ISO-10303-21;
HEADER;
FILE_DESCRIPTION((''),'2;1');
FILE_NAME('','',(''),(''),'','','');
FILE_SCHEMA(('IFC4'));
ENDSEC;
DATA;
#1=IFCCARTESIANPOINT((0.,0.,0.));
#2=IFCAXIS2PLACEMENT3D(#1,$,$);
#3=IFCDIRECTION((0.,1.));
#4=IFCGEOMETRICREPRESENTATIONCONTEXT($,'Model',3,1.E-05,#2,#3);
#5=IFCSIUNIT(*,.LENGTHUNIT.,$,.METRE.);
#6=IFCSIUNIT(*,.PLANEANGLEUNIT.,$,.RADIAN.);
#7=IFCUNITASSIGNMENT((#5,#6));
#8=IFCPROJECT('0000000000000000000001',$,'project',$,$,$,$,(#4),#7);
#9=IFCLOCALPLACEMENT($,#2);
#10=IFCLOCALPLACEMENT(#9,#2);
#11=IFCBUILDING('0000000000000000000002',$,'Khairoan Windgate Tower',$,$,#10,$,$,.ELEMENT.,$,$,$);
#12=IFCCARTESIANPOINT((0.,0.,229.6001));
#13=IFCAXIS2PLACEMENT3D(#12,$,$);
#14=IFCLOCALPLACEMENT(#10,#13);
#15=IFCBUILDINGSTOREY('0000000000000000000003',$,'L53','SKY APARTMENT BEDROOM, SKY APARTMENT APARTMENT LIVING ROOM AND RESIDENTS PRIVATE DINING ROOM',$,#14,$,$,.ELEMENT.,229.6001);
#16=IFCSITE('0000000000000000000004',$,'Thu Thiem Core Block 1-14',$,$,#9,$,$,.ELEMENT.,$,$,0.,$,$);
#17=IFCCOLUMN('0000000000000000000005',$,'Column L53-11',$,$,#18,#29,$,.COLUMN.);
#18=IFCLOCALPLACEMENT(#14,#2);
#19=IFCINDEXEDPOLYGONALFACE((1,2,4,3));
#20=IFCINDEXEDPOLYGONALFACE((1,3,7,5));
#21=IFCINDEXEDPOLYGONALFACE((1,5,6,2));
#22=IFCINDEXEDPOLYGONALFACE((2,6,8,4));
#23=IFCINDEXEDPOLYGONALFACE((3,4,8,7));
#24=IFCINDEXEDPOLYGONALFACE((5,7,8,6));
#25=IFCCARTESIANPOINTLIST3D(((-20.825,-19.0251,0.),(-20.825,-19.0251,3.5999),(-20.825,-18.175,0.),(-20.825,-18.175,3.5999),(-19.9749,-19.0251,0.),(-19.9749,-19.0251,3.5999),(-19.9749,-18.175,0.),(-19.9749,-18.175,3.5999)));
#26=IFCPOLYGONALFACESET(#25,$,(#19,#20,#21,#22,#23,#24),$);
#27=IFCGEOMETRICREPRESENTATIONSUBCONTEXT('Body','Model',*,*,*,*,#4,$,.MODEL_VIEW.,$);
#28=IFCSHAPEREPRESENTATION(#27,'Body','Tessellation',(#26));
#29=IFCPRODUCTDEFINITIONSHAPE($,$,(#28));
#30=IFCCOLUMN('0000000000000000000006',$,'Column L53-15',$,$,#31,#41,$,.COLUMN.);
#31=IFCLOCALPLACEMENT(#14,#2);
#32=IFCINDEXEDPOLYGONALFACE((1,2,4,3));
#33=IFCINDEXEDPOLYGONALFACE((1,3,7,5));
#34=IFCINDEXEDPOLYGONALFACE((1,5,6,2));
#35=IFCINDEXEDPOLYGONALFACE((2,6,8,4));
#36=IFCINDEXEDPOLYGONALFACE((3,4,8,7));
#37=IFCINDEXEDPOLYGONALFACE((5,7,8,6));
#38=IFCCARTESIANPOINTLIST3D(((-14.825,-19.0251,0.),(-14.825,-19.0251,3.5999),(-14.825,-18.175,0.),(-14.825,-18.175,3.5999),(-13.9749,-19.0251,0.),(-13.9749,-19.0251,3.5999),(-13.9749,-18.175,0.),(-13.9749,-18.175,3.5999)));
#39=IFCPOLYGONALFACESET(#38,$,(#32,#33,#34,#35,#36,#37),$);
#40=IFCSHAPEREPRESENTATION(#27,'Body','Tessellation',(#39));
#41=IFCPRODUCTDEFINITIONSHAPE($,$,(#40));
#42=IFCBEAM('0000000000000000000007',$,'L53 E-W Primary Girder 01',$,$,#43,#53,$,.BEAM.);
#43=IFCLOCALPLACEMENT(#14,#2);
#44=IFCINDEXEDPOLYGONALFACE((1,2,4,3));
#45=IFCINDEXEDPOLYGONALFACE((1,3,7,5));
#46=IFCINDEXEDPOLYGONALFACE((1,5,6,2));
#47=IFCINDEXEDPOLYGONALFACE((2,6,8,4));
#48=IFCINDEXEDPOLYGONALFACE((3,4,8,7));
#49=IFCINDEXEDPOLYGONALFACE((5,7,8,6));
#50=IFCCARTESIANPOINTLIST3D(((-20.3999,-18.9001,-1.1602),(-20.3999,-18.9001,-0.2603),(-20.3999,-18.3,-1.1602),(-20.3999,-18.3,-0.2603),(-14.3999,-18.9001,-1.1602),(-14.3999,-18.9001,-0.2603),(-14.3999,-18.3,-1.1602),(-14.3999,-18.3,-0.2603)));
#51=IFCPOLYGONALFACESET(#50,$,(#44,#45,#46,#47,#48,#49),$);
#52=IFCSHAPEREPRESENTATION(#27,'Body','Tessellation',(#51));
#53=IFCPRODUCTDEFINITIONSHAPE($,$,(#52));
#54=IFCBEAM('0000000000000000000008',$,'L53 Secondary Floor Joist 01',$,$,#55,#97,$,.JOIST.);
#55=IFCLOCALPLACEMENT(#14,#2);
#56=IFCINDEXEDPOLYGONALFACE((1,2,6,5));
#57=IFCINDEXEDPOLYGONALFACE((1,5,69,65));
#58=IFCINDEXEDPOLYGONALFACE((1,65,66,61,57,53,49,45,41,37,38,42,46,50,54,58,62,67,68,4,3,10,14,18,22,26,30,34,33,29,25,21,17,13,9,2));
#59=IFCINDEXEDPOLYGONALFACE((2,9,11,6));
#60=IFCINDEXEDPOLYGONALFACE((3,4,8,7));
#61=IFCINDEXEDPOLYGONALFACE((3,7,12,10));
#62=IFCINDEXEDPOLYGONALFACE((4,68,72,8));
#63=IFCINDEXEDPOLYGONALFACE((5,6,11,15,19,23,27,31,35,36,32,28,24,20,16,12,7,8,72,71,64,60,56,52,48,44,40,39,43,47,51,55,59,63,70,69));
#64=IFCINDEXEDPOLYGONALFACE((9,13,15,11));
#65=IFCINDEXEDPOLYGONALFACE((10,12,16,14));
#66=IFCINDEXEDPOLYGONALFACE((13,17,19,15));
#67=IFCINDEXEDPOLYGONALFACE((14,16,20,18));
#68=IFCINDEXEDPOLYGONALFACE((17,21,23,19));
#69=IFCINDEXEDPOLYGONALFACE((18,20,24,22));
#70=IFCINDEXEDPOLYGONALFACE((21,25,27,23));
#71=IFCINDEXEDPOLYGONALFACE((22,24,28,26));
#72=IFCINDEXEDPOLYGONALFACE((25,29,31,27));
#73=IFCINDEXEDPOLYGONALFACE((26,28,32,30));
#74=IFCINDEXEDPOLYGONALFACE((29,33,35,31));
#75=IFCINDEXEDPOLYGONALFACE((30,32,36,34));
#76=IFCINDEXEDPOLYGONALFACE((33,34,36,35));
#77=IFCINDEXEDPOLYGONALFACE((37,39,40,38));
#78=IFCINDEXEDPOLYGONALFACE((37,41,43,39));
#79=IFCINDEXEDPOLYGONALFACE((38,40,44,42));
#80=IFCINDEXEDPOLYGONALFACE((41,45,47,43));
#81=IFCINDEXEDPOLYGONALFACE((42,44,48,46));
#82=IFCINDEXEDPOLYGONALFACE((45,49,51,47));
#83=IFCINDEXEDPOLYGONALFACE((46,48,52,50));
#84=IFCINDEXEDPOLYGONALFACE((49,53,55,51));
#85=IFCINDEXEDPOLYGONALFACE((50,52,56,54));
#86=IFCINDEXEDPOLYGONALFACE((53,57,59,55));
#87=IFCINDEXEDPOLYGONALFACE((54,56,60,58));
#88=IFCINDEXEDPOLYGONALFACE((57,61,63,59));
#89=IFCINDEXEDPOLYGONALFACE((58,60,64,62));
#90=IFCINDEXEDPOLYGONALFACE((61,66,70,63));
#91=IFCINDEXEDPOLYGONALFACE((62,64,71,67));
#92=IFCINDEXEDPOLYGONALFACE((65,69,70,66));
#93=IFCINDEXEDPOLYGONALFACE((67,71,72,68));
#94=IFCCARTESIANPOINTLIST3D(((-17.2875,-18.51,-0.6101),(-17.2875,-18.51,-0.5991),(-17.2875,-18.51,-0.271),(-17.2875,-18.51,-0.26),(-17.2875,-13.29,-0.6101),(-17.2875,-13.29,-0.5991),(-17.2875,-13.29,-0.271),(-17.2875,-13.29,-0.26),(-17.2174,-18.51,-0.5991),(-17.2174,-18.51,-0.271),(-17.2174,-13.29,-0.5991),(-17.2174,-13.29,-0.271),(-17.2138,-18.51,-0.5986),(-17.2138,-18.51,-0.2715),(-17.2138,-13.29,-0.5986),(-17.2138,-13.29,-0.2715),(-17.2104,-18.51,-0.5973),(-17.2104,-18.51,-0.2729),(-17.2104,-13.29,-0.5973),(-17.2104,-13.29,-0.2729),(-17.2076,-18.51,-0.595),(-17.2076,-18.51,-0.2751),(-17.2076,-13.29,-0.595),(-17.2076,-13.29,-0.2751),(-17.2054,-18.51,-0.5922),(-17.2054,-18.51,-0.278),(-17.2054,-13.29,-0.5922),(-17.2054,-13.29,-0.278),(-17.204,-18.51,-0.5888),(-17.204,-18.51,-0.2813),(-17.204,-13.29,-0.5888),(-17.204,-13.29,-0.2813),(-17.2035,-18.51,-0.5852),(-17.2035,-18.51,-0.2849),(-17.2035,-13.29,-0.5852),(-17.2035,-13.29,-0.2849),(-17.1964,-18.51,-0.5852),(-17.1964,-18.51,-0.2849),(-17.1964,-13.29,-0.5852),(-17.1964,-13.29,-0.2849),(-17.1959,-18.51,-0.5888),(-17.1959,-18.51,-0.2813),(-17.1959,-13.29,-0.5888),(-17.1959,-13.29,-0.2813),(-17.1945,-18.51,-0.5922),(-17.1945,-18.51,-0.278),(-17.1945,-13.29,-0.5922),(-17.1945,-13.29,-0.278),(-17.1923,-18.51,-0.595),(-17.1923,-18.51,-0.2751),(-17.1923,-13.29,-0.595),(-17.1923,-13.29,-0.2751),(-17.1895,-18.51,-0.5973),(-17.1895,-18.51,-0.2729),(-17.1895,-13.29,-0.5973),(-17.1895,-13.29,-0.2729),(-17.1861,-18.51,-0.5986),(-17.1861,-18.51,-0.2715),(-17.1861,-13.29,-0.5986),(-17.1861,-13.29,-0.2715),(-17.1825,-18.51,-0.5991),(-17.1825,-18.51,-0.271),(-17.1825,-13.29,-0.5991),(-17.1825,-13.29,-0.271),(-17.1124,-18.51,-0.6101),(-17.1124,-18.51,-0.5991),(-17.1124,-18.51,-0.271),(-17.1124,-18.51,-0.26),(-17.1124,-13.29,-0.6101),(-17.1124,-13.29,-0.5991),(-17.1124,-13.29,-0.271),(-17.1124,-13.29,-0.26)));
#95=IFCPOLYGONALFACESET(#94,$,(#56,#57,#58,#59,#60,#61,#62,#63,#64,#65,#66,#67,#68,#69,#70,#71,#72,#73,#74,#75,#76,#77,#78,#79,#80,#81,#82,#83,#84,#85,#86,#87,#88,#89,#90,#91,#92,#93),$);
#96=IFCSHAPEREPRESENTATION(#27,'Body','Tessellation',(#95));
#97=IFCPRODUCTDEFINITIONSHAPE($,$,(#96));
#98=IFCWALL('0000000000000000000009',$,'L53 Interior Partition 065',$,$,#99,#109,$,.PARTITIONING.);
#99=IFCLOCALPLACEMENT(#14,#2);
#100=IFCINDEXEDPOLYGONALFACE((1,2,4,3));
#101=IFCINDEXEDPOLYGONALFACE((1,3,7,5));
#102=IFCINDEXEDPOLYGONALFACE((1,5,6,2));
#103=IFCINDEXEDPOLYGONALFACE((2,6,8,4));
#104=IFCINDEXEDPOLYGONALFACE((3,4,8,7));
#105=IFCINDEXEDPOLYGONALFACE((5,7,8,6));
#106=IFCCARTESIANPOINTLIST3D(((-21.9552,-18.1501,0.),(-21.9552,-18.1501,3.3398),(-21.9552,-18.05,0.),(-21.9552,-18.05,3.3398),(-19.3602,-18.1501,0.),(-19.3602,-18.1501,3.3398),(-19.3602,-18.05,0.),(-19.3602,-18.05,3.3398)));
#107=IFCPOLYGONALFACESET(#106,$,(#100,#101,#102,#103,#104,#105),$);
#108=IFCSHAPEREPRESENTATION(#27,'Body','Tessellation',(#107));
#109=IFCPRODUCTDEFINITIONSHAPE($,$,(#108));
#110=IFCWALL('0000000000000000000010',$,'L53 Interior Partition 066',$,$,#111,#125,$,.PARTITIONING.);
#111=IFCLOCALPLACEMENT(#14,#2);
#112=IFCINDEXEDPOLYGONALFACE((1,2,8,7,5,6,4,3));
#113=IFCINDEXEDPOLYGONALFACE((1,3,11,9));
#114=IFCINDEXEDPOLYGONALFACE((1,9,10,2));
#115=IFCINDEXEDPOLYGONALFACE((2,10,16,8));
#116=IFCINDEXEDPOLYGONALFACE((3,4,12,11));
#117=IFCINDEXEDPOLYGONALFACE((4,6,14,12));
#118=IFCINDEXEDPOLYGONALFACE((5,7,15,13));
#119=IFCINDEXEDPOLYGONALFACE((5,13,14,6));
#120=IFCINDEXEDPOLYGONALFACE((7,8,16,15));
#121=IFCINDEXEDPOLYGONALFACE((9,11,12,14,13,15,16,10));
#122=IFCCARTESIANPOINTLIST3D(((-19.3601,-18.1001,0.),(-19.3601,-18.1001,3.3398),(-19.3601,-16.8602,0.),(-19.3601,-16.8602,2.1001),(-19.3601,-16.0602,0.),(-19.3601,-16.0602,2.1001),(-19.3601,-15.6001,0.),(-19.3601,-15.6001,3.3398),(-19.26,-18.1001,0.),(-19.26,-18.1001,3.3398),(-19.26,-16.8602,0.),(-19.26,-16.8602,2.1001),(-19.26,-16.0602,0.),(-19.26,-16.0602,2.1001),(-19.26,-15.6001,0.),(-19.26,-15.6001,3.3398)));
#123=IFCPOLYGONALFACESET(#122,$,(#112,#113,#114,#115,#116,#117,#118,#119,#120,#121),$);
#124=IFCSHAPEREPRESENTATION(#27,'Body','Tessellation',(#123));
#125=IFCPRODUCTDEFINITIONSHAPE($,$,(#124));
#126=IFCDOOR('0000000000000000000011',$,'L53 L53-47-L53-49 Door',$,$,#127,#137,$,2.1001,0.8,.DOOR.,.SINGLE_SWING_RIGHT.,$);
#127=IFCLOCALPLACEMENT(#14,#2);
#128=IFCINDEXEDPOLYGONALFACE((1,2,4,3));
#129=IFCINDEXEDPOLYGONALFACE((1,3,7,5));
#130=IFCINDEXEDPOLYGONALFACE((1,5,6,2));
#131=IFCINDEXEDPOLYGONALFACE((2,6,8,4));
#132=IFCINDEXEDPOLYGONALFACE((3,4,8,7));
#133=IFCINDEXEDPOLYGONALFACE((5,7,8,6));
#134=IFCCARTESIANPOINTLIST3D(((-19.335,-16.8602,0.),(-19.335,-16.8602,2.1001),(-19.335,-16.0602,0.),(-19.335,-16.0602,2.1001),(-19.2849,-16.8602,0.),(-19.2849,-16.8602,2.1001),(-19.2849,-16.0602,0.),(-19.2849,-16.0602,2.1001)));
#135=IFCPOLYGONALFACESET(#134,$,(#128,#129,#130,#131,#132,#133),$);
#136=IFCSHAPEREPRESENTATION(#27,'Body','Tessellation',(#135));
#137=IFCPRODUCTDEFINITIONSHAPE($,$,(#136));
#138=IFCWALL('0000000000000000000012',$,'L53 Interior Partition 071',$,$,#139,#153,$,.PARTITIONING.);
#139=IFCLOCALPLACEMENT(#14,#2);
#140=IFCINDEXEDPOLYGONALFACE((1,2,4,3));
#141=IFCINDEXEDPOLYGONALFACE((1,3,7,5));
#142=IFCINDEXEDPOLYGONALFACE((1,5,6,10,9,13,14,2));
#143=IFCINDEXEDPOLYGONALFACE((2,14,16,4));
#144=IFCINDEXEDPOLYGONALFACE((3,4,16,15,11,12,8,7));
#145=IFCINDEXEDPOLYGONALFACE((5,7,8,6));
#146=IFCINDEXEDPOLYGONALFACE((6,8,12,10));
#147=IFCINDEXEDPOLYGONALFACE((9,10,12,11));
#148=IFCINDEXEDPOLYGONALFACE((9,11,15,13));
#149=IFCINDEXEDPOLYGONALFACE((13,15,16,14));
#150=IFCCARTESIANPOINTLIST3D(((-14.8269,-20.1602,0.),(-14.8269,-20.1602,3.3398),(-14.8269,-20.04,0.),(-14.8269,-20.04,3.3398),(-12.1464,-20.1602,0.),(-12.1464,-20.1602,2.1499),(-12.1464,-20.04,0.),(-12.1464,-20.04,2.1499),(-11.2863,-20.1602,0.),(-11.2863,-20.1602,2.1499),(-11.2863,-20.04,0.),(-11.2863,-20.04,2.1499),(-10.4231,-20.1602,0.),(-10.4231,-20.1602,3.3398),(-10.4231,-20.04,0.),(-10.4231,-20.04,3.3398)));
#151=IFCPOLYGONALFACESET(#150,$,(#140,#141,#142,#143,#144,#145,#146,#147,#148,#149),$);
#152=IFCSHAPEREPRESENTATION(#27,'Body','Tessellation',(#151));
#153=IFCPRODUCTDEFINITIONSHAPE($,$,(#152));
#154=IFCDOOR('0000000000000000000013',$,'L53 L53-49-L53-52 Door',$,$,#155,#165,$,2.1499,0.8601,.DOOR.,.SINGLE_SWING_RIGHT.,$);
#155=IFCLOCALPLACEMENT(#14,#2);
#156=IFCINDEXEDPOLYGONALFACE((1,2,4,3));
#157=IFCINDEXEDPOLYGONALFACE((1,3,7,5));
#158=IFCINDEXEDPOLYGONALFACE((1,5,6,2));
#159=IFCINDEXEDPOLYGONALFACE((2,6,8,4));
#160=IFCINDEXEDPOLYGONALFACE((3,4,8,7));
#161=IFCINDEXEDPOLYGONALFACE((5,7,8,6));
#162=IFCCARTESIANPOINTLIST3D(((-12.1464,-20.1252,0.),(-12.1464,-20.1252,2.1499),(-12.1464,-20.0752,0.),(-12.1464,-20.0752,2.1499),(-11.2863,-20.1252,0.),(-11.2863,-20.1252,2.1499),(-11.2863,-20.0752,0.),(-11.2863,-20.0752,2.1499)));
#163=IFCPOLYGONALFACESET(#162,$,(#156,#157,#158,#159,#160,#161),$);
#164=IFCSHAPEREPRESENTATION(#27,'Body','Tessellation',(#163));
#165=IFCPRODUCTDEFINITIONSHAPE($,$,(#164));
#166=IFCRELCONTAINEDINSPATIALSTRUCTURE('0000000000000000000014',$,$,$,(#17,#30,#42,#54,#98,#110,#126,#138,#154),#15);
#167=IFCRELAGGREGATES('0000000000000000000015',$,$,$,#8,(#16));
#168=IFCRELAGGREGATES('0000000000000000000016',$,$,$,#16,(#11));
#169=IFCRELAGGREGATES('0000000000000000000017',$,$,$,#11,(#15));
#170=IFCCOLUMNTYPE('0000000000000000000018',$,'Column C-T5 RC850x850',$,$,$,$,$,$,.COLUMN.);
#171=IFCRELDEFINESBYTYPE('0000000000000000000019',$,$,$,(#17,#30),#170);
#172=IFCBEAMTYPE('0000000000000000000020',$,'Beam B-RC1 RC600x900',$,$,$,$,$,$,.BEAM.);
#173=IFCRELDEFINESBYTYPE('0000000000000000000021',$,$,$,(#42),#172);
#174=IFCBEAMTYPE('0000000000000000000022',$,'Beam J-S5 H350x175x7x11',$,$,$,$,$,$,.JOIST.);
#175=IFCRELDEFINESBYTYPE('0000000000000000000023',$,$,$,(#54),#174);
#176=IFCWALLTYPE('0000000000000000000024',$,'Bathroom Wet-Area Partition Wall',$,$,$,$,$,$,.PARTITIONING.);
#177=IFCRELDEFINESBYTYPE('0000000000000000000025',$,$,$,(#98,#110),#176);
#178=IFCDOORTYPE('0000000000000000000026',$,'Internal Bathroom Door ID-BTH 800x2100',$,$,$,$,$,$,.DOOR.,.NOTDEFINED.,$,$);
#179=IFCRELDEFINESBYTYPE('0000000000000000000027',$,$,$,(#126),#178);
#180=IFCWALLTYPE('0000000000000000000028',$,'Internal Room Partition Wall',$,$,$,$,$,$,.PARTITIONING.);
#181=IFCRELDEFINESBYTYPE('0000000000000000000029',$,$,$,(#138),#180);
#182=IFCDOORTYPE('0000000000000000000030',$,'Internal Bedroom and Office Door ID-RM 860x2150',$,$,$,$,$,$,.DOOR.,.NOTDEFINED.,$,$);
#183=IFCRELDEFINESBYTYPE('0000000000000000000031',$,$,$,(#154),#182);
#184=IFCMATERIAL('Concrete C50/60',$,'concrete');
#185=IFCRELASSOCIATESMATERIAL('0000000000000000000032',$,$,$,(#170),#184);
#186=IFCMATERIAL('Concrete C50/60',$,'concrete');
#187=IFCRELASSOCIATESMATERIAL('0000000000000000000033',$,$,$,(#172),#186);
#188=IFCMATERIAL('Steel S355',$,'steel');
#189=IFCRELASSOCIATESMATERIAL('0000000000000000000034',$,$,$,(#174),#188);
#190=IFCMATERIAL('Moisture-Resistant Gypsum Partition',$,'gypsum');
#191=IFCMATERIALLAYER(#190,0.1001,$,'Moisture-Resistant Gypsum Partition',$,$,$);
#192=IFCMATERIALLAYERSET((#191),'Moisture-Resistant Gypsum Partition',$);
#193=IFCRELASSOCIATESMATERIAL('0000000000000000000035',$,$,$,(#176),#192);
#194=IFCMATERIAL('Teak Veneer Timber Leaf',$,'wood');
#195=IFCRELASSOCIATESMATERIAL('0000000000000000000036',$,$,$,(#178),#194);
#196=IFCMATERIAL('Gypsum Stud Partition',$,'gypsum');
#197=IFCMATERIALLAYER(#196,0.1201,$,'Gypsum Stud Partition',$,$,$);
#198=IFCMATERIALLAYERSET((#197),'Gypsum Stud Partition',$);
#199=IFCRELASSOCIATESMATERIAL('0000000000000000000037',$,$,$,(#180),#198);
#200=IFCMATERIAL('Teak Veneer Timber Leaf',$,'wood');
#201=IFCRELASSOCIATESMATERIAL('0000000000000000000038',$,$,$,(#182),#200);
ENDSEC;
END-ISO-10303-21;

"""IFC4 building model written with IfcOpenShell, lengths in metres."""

from ifc_helpers import new_model, si_unit, direction, frame, frame_2d, origin, origin_2d, place, context, subcontext, project, spatial, rectangle, i_section, extrude, material, layer, layer_set, material_profile, profile_set, type_object, element, fill, save


model = new_model("IFC4")

# Units and contexts
model_context = context("Model", 3, precision=1e-05, world=origin(), true_north=direction((0.0, 1.0)))
body_context = subcontext(model_context, "Body", "Model", "MODEL_VIEW")
ifc_project = project(units=[si_unit("LENGTHUNIT", "METRE"), si_unit("PLANEANGLEUNIT", "RADIAN")], contexts=[model_context])

# Site, building, storey
site_placement = place(None, origin())
site = spatial("IfcSite", under=ifc_project, at=site_placement, Name="Thu Thiem Core Block 1-14", CompositionType="ELEMENT", RefElevation=0.0)
building_placement = place(site_placement, origin())
building = spatial("IfcBuilding", under=site, at=building_placement, Name="Khairoan Windgate Tower", CompositionType="ELEMENT")
storey_placement = place(building_placement, frame((0.0, 0.0, 229.6001)))
storey = spatial("IfcBuildingStorey", under=building, at=storey_placement, Name="L53", Description="SKY APARTMENT BEDROOM, SKY APARTMENT APARTMENT LIVING ROOM AND RESIDENTS PRIVATE DINING ROOM", CompositionType="ELEMENT", Elevation=229.6001)

# Columns
ifc_material_1 = material(Name="Concrete C50/60", Category="concrete")
ifc_material_profile_1 = material_profile(ifc_material_1, rectangle(XDim=0.8501, YDim=0.8501, at=origin_2d()))
ifc_profile_set_1 = profile_set([ifc_material_profile_1], Name="Concrete C50/60")
column_type = type_object("IfcColumnType", Name="Column C-T5 RC850x850", PredefinedType="COLUMN", material=ifc_profile_set_1)
for number, where, z_axis, x_axis, name in (
    (1, (-20.3999, -18.6001, 0.0), (0.0, 0.0, 1.0), (1.0, 0.0, 0.0), "Column L53-11"),
    (2, (-14.3999, -18.6001, 0.0), (0.0, 0.0, 1.0), (1.0, 0.0, 0.0), "Column L53-15"),
):
    element("IfcColumn", number, at=place(storey_placement, frame(where, z_axis=z_axis, x_axis=x_axis)), inside=storey, type_object=column_type, Name=name, PredefinedType="COLUMN", context=body_context, shape_type="SweptSolid", body=[
        extrude(rectangle(XDim=0.8501, YDim=0.8501, at=origin_2d()), origin(), (0.0, 0.0, 1.0), 3.5999),
    ])

# Beams
ifc_material_2 = material(Name="Concrete C50/60", Category="concrete")
ifc_material_profile_2 = material_profile(ifc_material_2, rectangle(XDim=0.6001, YDim=0.8999, at=origin_2d()))
ifc_profile_set_2 = profile_set([ifc_material_profile_2], Name="Concrete C50/60")
beam_type_1 = type_object("IfcBeamType", Name="Beam B-RC1 RC600x900", PredefinedType="BEAM", material=ifc_profile_set_2)
beam_1_placement = place(storey_placement, frame((-20.3999, -18.6001, -0.7102), z_axis=(1.0, 0.0, 0.0), x_axis=(0.0, 1.0, 0.0)))
element("IfcBeam", 3, at=beam_1_placement, inside=storey, type_object=beam_type_1, Name="L53 E-W Primary Girder 01", PredefinedType="BEAM", context=body_context, shape_type="SweptSolid", body=[
    extrude(rectangle(XDim=0.6001, YDim=0.8999, at=origin_2d()), origin(), (0.0, 0.0, 1.0), 6.0),
])
ifc_material_3 = material(Name="Steel S355", Category="steel")
ifc_material_profile_3 = material_profile(ifc_material_3, i_section(OverallWidth=0.175, OverallDepth=0.3501, WebThickness=0.0071, FlangeThickness=0.011, FilletRadius=0.0139, at=origin_2d()))
ifc_profile_set_3 = profile_set([ifc_material_profile_3], Name="Steel S355")
beam_type_2 = type_object("IfcBeamType", Name="Beam J-S5 H350x175x7x11", PredefinedType="JOIST", material=ifc_profile_set_3)
beam_2_placement = place(storey_placement, frame((-17.2, -18.51, -0.4351), z_axis=(0.0, 1.0, 0.0), x_axis=(-1.0, 0.0, 0.0)))
element("IfcBeam", 4, at=beam_2_placement, inside=storey, type_object=beam_type_2, Name="L53 Secondary Floor Joist 01", PredefinedType="JOIST", context=body_context, shape_type="SweptSolid", body=[
    extrude(i_section(OverallWidth=0.175, OverallDepth=0.3501, WebThickness=0.0071, FlangeThickness=0.011, FilletRadius=0.0139, at=origin_2d()), origin(), (0.0, 0.0, 1.0), 5.22),
])

# Wall
ifc_material_4 = material(Name="Moisture-Resistant Gypsum Partition", Category="gypsum")
ifc_layer_1 = layer(ifc_material_4, 0.1001, Name="Moisture-Resistant Gypsum Partition")
ifc_layer_set_1 = layer_set([ifc_layer_1], Name="Moisture-Resistant Gypsum Partition")
wall_type_1 = type_object("IfcWallType", Name="Bathroom Wet-Area Partition Wall", PredefinedType="PARTITIONING", material=ifc_layer_set_1)
wall_1_placement = place(storey_placement, frame((-21.9551, -18.1001, 0.0), z_axis=(0.0, 0.0, 1.0), x_axis=(1.0, 0.0, 0.0)))
element("IfcWall", 5, at=wall_1_placement, inside=storey, type_object=wall_type_1, Name="L53 Interior Partition 065", PredefinedType="PARTITIONING", context=body_context, shape_type="SweptSolid", body=[
    extrude(rectangle(XDim=2.595, YDim=0.1001, at=frame_2d((1.2974, 0.0))), origin(), (0.0, 0.0, 1.0), 3.3398),
])

# Walls, openings, doors
wall_2_placement = place(storey_placement, frame((-19.3101, -18.1001, 0.0), z_axis=(0.0, 0.0, 1.0), x_axis=(0.0, 1.0, 0.0)))
wall_2 = element("IfcWall", 6, at=wall_2_placement, inside=storey, type_object=wall_type_1, Name="L53 Interior Partition 066", PredefinedType="PARTITIONING", context=body_context, shape_type="SweptSolid", body=[
    extrude(rectangle(XDim=2.5, YDim=0.1001, at=frame_2d((1.25, 0.0))), origin(), (0.0, 0.0, 1.0), 3.3398),
])
opening_1_placement = place(wall_2_placement, frame((1.24, 0.0, 0.0)))
opening_1 = element("IfcOpeningElement", 7, at=opening_1_placement, cuts=wall_2, PredefinedType="OPENING", context=body_context, shape_type="SweptSolid", body=[
    extrude(rectangle(XDim=0.8, YDim=2.1001, at=frame_2d((0.3999, 1.05))), frame((0.0, 0.0601, 0.0), z_axis=(0.0, -1.0, 0.0), x_axis=(1.0, 0.0, 0.0)), (0.0, 0.0, 1.0), 0.1201),
])
ifc_material_5 = material(Name="Teak Veneer Timber Leaf", Category="wood")
door_type_1 = type_object("IfcDoorType", Name="Internal Bathroom Door ID-BTH 800x2100", OperationType="NOTDEFINED", PredefinedType="DOOR", material=ifc_material_5)
door_1_placement = place(opening_1_placement, origin())
door_1 = element("IfcDoor", 8, at=door_1_placement, inside=storey, type_object=door_type_1, Name="L53 L53-47-L53-49 Door", OperationType="SINGLE_SWING_RIGHT", OverallHeight=2.1001, OverallWidth=0.8, PredefinedType="DOOR", context=body_context, shape_type="SweptSolid", body=[
    extrude(rectangle(XDim=0.8, YDim=2.1001, at=frame_2d((0.3999, 1.05))), frame((0.0, 0.0249, 0.0), z_axis=(0.0, -1.0, 0.0), x_axis=(1.0, 0.0, 0.0)), (0.0, 0.0, 1.0), 0.05),
])
fill(opening_1, door_1)
ifc_material_6 = material(Name="Gypsum Stud Partition", Category="gypsum")
ifc_layer_2 = layer(ifc_material_6, 0.1201, Name="Gypsum Stud Partition")
ifc_layer_set_2 = layer_set([ifc_layer_2], Name="Gypsum Stud Partition")
wall_type_2 = type_object("IfcWallType", Name="Internal Room Partition Wall", PredefinedType="PARTITIONING", material=ifc_layer_set_2)
wall_3_placement = place(storey_placement, frame((-14.8269, -20.1001, 0.0), z_axis=(0.0, 0.0, 1.0), x_axis=(1.0, 0.0, 0.0)))
wall_3 = element("IfcWall", 9, at=wall_3_placement, inside=storey, type_object=wall_type_2, Name="L53 Interior Partition 071", PredefinedType="PARTITIONING", context=body_context, shape_type="SweptSolid", body=[
    extrude(rectangle(XDim=4.4038, YDim=0.1201, at=frame_2d((2.2019, 0.0))), origin(), (0.0, 0.0, 1.0), 3.3398),
])
opening_2_placement = place(wall_3_placement, frame((2.6804, 0.0, 0.0)))
opening_2 = element("IfcOpeningElement", 10, at=opening_2_placement, cuts=wall_3, PredefinedType="OPENING", context=body_context, shape_type="SweptSolid", body=[
    extrude(rectangle(XDim=0.8601, YDim=2.1499, at=frame_2d((0.4302, 1.075))), frame((0.0, 0.0701, 0.0), z_axis=(0.0, -1.0, 0.0), x_axis=(1.0, 0.0, 0.0)), (0.0, 0.0, 1.0), 0.1401),
])
ifc_material_7 = material(Name="Teak Veneer Timber Leaf", Category="wood")
door_type_2 = type_object("IfcDoorType", Name="Internal Bedroom and Office Door ID-RM 860x2150", OperationType="NOTDEFINED", PredefinedType="DOOR", material=ifc_material_7)
door_2_placement = place(opening_2_placement, origin())
door_2 = element("IfcDoor", 11, at=door_2_placement, inside=storey, type_object=door_type_2, Name="L53 L53-49-L53-52 Door", OperationType="SINGLE_SWING_RIGHT", OverallHeight=2.1499, OverallWidth=0.8601, PredefinedType="DOOR", context=body_context, shape_type="SweptSolid", body=[
    extrude(rectangle(XDim=0.8601, YDim=2.1499, at=frame_2d((0.4302, 1.075))), frame((0.0, 0.0249, 0.0), z_axis=(0.0, -1.0, 0.0), x_axis=(1.0, 0.0, 0.0)), (0.0, 0.0, 1.0), 0.05),
])
fill(opening_2, door_2)

save(model, "model.ifc")
